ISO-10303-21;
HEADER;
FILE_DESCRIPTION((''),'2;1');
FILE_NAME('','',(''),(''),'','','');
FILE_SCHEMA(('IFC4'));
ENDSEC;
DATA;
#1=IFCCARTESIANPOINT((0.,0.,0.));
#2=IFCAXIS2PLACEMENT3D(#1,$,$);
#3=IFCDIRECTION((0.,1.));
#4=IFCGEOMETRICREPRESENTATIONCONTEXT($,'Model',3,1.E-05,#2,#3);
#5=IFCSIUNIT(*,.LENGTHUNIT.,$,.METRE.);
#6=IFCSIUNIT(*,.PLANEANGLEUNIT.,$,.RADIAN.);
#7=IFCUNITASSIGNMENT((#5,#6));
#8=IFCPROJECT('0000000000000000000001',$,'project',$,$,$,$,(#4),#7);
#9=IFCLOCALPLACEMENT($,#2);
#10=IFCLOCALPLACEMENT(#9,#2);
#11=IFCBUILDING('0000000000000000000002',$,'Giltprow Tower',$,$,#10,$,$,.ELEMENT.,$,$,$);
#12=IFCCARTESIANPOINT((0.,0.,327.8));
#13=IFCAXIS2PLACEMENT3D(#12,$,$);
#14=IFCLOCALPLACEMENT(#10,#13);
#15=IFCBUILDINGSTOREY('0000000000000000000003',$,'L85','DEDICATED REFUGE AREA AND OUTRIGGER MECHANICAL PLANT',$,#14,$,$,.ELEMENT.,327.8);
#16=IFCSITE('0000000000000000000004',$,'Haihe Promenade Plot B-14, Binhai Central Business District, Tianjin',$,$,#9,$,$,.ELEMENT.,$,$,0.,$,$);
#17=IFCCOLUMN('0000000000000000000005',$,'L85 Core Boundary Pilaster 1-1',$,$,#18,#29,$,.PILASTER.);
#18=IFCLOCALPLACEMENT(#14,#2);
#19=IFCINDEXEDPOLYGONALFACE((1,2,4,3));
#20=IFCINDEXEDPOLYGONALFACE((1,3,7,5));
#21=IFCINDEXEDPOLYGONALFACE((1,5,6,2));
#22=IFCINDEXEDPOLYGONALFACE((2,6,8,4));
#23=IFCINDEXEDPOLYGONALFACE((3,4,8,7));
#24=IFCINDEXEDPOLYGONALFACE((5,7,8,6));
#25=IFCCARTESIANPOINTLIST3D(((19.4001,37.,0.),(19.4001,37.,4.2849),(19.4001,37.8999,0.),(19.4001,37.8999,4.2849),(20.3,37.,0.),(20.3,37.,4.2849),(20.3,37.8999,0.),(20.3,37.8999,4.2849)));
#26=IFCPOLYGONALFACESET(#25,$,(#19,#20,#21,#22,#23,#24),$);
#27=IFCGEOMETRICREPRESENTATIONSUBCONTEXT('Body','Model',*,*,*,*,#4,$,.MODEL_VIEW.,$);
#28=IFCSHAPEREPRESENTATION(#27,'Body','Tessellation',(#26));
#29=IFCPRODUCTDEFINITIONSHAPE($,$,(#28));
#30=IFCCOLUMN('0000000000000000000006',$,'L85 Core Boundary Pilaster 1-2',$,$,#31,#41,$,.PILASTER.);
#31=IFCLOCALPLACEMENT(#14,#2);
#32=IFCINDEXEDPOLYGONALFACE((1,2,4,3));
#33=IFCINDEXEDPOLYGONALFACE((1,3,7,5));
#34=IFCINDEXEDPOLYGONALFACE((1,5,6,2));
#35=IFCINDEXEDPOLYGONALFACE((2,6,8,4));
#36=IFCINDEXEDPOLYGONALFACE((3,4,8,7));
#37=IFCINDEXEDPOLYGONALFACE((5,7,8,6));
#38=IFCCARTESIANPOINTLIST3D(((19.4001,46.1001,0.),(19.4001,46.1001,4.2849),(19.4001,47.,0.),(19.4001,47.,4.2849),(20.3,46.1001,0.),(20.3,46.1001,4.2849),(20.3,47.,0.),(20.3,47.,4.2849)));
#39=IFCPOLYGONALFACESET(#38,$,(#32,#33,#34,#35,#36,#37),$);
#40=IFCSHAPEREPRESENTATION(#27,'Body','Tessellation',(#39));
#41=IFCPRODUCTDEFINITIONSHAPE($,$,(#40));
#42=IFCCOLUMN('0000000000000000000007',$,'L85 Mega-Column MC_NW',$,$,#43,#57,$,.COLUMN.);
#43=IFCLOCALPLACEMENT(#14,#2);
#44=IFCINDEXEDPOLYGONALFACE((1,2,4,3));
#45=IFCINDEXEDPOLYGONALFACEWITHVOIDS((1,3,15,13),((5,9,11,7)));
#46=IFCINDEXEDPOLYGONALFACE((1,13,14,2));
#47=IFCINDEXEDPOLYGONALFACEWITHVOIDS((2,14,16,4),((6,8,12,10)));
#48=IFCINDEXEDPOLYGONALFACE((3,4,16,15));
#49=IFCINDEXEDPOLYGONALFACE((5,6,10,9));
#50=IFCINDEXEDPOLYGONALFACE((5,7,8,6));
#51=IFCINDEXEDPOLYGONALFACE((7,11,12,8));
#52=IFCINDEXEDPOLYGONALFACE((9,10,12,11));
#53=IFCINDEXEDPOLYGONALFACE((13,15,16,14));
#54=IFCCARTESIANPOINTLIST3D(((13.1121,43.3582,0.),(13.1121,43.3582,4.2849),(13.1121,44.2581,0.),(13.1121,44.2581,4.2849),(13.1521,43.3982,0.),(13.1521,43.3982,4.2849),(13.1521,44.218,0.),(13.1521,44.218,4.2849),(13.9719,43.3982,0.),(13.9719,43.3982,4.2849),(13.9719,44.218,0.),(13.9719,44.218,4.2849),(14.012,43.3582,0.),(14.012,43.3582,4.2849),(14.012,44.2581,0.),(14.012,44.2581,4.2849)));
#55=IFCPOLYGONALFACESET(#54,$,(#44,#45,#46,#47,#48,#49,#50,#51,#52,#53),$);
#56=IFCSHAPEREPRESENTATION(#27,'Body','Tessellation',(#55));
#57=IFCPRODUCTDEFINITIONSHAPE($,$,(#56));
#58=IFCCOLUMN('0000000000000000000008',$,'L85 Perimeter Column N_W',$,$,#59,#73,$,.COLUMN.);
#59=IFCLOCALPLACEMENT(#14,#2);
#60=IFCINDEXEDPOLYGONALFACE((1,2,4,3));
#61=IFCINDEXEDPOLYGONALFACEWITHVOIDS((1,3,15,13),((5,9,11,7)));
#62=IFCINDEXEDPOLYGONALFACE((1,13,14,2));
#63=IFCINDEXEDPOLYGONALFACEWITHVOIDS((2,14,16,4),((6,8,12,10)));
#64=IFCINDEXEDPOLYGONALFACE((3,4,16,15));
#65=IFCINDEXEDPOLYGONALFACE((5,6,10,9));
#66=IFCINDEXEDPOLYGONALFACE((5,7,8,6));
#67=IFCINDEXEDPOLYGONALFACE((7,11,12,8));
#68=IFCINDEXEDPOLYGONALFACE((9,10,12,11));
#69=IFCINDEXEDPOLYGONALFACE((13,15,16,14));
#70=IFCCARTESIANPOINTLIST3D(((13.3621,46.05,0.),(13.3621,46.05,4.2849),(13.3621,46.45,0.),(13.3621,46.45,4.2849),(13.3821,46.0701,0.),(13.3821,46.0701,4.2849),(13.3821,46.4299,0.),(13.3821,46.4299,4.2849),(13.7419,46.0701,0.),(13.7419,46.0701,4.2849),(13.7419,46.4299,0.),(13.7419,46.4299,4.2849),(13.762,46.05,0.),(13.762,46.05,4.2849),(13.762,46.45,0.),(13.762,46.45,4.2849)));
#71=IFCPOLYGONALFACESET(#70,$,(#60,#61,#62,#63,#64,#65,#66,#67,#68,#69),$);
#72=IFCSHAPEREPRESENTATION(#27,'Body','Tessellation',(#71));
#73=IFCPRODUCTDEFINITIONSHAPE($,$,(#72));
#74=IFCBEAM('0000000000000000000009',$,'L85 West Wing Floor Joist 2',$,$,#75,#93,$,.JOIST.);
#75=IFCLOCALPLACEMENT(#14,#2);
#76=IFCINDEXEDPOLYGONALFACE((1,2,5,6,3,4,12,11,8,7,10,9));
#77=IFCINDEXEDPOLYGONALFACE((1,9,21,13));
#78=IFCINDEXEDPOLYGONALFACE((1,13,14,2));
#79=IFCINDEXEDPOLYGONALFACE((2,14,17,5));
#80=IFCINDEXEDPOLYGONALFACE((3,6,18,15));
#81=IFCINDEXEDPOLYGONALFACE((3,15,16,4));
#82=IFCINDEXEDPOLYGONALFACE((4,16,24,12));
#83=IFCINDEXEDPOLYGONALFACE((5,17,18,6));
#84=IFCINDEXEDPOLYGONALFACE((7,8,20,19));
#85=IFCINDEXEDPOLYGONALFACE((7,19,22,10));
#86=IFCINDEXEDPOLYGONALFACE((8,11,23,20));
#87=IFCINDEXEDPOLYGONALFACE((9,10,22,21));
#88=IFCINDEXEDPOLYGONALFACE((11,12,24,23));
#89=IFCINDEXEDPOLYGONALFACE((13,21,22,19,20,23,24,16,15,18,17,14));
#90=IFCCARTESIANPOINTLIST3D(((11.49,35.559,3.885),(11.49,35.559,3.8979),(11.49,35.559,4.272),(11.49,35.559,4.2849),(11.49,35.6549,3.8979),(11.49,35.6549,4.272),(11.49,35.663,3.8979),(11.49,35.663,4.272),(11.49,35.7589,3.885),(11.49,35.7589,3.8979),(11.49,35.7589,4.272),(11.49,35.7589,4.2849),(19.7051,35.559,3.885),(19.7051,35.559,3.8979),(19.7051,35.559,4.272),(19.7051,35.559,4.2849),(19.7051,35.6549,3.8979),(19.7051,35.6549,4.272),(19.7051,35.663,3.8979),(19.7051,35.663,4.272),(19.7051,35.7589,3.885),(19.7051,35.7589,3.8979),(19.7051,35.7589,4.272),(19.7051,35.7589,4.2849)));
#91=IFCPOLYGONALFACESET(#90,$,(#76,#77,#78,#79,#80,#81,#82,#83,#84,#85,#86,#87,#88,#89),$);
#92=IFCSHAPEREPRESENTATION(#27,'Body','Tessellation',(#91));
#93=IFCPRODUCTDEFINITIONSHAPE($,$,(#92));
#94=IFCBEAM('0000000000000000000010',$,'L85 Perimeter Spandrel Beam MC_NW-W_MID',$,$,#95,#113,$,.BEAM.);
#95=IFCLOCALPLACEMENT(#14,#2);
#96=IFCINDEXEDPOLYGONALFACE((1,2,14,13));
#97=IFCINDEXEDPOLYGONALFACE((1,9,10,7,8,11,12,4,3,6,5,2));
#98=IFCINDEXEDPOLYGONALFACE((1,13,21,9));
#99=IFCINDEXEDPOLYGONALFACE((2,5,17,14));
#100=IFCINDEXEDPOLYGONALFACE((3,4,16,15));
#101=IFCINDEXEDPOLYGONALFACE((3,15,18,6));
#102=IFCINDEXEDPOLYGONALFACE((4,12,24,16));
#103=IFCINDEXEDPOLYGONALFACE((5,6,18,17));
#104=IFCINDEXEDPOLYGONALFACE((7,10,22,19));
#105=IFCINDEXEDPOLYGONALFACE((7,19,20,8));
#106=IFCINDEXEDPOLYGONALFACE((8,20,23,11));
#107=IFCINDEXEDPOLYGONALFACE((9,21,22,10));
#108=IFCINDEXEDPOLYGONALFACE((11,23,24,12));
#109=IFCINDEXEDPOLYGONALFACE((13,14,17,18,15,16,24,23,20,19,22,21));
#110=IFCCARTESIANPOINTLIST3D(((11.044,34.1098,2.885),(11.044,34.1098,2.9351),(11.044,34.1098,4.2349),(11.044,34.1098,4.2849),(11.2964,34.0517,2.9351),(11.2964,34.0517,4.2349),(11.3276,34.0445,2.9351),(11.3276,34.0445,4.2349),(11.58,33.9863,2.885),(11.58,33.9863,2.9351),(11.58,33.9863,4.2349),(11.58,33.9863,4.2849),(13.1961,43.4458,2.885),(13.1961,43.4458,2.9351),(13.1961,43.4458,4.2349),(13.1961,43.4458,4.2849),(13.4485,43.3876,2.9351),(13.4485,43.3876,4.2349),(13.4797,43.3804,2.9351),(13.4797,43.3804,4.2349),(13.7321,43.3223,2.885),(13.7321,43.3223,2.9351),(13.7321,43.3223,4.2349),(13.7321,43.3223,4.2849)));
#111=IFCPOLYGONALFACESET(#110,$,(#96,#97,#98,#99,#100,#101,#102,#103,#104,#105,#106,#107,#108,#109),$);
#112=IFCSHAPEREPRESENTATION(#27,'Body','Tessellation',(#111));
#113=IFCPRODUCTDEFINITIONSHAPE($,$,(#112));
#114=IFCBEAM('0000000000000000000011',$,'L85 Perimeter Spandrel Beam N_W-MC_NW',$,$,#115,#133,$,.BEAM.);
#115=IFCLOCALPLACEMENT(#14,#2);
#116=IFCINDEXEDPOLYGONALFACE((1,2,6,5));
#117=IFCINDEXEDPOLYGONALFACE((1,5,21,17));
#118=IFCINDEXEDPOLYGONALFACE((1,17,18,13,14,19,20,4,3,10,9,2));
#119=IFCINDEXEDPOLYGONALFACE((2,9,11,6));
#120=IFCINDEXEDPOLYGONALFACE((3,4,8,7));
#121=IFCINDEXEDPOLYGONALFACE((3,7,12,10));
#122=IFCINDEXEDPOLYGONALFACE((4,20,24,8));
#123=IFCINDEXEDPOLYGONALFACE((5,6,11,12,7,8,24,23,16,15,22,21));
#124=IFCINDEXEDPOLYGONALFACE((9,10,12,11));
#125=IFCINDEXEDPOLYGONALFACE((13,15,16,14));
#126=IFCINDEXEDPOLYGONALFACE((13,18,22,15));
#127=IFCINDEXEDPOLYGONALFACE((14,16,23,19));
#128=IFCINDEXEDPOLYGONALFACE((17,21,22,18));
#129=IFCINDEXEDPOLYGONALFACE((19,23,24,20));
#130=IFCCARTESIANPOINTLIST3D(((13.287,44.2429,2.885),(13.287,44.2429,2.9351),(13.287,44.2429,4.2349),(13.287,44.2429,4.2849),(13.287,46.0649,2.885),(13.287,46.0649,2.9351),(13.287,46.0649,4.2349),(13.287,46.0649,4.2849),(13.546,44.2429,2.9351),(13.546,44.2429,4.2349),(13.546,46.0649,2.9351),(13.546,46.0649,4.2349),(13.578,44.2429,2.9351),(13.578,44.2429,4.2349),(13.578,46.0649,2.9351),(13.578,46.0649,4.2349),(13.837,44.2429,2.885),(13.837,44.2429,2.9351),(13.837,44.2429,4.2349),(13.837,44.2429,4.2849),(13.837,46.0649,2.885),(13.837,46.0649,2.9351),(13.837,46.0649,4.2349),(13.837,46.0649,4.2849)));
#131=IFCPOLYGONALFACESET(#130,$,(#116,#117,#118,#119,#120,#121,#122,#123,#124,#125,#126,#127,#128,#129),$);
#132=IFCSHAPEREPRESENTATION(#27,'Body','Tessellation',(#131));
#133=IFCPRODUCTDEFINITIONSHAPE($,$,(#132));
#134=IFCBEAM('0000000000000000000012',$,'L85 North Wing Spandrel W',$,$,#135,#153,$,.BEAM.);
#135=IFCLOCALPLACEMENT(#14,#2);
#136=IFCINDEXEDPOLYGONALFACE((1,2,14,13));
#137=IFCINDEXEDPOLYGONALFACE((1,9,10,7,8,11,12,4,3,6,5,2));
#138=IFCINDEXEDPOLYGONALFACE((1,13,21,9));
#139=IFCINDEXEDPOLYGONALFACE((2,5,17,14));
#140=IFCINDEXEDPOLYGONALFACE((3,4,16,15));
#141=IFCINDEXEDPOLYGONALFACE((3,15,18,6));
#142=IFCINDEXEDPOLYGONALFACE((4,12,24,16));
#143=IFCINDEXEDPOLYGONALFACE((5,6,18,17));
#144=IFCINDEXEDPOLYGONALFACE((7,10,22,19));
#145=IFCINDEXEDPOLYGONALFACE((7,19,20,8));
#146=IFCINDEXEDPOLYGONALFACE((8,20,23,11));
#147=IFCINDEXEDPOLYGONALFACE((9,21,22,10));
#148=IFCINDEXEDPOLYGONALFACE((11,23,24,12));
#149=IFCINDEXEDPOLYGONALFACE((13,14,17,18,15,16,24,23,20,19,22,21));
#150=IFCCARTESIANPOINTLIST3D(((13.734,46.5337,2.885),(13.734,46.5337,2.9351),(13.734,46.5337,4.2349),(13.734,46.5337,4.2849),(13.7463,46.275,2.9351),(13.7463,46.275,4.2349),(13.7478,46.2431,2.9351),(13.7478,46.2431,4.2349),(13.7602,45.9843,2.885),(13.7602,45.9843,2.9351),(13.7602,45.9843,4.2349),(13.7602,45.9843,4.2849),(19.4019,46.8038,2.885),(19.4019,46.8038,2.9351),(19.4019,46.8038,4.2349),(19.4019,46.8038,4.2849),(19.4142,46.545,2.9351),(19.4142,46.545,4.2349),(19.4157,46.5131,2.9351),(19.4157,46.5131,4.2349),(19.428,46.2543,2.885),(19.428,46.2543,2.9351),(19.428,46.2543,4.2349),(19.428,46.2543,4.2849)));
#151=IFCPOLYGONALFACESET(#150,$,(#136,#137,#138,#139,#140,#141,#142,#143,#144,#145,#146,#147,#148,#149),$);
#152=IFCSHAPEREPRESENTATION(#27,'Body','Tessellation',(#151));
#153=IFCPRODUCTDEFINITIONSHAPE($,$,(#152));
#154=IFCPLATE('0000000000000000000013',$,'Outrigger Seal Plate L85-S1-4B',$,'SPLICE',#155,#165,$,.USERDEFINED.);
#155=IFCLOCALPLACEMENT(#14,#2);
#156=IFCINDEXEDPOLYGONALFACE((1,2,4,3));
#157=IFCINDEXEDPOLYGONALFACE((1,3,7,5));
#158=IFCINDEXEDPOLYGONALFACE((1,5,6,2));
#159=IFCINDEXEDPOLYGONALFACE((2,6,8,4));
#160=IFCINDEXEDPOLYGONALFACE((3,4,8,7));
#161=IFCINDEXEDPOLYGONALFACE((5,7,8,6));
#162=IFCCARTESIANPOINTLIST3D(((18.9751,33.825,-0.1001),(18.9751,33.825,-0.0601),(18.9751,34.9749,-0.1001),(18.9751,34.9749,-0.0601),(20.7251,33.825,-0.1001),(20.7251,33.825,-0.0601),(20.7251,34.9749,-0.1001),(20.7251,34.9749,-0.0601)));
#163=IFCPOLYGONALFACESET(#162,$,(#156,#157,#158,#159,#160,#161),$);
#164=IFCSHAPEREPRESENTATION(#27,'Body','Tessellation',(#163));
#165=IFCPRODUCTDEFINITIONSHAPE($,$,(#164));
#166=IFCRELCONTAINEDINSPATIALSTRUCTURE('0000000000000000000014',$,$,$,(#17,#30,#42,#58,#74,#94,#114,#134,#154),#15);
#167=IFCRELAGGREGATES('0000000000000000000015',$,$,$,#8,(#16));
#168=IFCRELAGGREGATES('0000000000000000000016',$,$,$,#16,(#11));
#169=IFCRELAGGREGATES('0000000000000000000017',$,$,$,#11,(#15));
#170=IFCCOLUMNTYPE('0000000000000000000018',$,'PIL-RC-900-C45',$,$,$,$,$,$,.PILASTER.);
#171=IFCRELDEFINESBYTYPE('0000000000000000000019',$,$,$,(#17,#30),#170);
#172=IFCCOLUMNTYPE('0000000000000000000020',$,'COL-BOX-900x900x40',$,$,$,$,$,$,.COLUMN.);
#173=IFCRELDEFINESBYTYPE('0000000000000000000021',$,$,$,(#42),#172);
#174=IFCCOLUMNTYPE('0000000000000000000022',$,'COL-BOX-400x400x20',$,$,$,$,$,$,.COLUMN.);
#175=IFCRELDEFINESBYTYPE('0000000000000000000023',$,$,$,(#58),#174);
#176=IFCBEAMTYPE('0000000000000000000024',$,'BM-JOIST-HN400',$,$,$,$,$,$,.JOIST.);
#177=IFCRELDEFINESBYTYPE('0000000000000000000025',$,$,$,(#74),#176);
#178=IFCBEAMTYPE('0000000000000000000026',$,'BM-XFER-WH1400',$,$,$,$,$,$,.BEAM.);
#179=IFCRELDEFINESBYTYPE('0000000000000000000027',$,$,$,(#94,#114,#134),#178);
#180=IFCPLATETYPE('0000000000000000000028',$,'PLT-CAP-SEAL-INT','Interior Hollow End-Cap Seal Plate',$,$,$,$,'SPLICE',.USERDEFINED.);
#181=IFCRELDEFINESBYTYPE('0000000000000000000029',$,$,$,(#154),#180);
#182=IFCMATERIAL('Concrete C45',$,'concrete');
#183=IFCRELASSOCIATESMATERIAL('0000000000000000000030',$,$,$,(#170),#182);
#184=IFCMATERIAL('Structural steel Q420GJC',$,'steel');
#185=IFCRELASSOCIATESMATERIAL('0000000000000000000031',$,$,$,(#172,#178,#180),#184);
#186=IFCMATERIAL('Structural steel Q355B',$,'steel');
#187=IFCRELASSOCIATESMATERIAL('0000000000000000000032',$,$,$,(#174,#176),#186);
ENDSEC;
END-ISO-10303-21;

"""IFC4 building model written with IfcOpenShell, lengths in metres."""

from ifc_helpers import new_model, si_unit, direction, frame, origin, origin_2d, place, context, subcontext, project, spatial, rectangle, hollow_rectangle, i_section, extrude, source, transform, mapped, material, material_profile, profile_set, type_object, element, save


model = new_model("IFC4")

# Units and contexts
model_context = context("Model", 3, precision=1e-05, world=origin(), true_north=direction((0.0, 1.0)))
body_context = subcontext(model_context, "Body", "Model", "MODEL_VIEW")
ifc_project = project(units=[si_unit("LENGTHUNIT", "METRE"), si_unit("PLANEANGLEUNIT", "RADIAN")], contexts=[model_context])

# Site, building, storey
site_placement = place(None, origin())
site = spatial("IfcSite", under=ifc_project, at=site_placement, Name="Haihe Promenade Plot B-14, Binhai Central Business District, Tianjin", CompositionType="ELEMENT", RefElevation=0.0)
building_placement = place(site_placement, origin())
building = spatial("IfcBuilding", under=site, at=building_placement, Name="Giltprow Tower", CompositionType="ELEMENT")
storey_placement = place(building_placement, frame((0.0, 0.0, 327.8)))
storey = spatial("IfcBuildingStorey", under=building, at=storey_placement, Name="L85", Description="DEDICATED REFUGE AREA AND OUTRIGGER MECHANICAL PLANT", CompositionType="ELEMENT", Elevation=327.8)

# Columns
ifc_material_1 = material(Name="Concrete C45", Category="concrete")
ifc_material_profile_1 = material_profile(ifc_material_1, rectangle(XDim=0.8999, YDim=0.8999, at=origin_2d()), Name="RC 900x900")
ifc_profile_set_1 = profile_set([ifc_material_profile_1], Name="Concrete C45")
column_type_1 = type_object("IfcColumnType", Name="PIL-RC-900-C45", PredefinedType="PILASTER", material=ifc_profile_set_1)
shared_shape_1 = source(origin(), body_context, "Body", "SweptSolid", [
    extrude(rectangle(XDim=0.8999, YDim=0.8999, at=origin_2d()), origin(), (0.0, 0.0, 1.0), 4.2849),
])
for number, where, z_axis, x_axis, name in (
    (1, (19.8501, 37.45, 0.0), (0.0, 0.0, 1.0), (1.0, 0.0, 0.0), "L85 Core Boundary Pilaster 1-1"),
    (2, (19.8501, 46.55, 0.0), (0.0, 0.0, 1.0), (1.0, 0.0, 0.0), "L85 Core Boundary Pilaster 1-2"),
):
    element("IfcColumn", number, at=place(storey_placement, frame(where, z_axis=z_axis, x_axis=x_axis)), inside=storey, type_object=column_type_1, Name=name, PredefinedType="PILASTER", context=body_context, shape_type="MappedRepresentation", body=[
        mapped(shared_shape_1, transform((0.0, 0.0, 0.0), x_axis=(1.0, 0.0, 0.0), y_axis=(0.0, 1.0, 0.0), z_axis=(0.0, 0.0, 1.0), scale=1.0)),
    ])
ifc_material_2 = material(Name="Structural steel Q420GJC", Category="steel")
ifc_material_profile_2 = material_profile(ifc_material_2, hollow_rectangle(XDim=0.8999, YDim=0.8999, WallThickness=0.04, at=origin_2d()), Name="BOX 900x900x40")
ifc_profile_set_2 = profile_set([ifc_material_profile_2], Name="Structural steel Q420GJC")
column_type_2 = type_object("IfcColumnType", Name="COL-BOX-900x900x40", PredefinedType="COLUMN", material=ifc_profile_set_2)
shared_shape_2 = source(origin(), body_context, "Body", "SweptSolid", [
    extrude(hollow_rectangle(XDim=0.8999, YDim=0.8999, WallThickness=0.04, at=origin_2d()), origin(), (0.0, 0.0, 1.0), 4.2849),
])
column_1_placement = place(storey_placement, frame((13.562, 43.8081, 0.0), z_axis=(0.0, 0.0, 1.0), x_axis=(1.0, 0.0, 0.0)))
element("IfcColumn", 3, at=column_1_placement, inside=storey, type_object=column_type_2, Name="L85 Mega-Column MC_NW", PredefinedType="COLUMN", context=body_context, shape_type="MappedRepresentation", body=[
    mapped(shared_shape_2, transform((0.0, 0.0, 0.0), x_axis=(1.0, 0.0, 0.0), y_axis=(0.0, 1.0, 0.0), z_axis=(0.0, 0.0, 1.0), scale=1.0)),
])
ifc_material_3 = material(Name="Structural steel Q355B", Category="steel")
ifc_material_profile_3 = material_profile(ifc_material_3, hollow_rectangle(XDim=0.3999, YDim=0.3999, WallThickness=0.02, at=origin_2d()), Name="BOX 400x400x20")
ifc_profile_set_3 = profile_set([ifc_material_profile_3], Name="Structural steel Q355B")
column_type_3 = type_object("IfcColumnType", Name="COL-BOX-400x400x20", PredefinedType="COLUMN", material=ifc_profile_set_3)
shared_shape_3 = source(origin(), body_context, "Body", "SweptSolid", [
    extrude(hollow_rectangle(XDim=0.3999, YDim=0.3999, WallThickness=0.02, at=origin_2d()), origin(), (0.0, 0.0, 1.0), 4.2849),
])
column_2_placement = place(storey_placement, frame((13.562, 46.25, 0.0), z_axis=(0.0, 0.0, 1.0), x_axis=(1.0, 0.0, 0.0)))
element("IfcColumn", 4, at=column_2_placement, inside=storey, type_object=column_type_3, Name="L85 Perimeter Column N_W", PredefinedType="COLUMN", context=body_context, shape_type="MappedRepresentation", body=[
    mapped(shared_shape_3, transform((0.0, 0.0, 0.0), x_axis=(1.0, 0.0, 0.0), y_axis=(0.0, 1.0, 0.0), z_axis=(0.0, 0.0, 1.0), scale=1.0)),
])

# Beams
ifc_material_profile_4 = material_profile(ifc_material_3, i_section(OverallWidth=0.2, OverallDepth=0.3999, WebThickness=0.0081, FlangeThickness=0.0129, at=origin_2d()), Name="HN 400x200x8x13")
ifc_profile_set_4 = profile_set([ifc_material_profile_4], Name="Structural steel Q355B")
beam_type_1 = type_object("IfcBeamType", Name="BM-JOIST-HN400", PredefinedType="JOIST", material=ifc_profile_set_4)
shared_shape_4 = source(origin(), body_context, "Body", "SweptSolid", [
    extrude(i_section(OverallWidth=0.2, OverallDepth=0.3999, WebThickness=0.0081, FlangeThickness=0.0129, at=origin_2d()), origin(), (0.0, 0.0, 1.0), 8.2151),
])
beam_1_placement = place(storey_placement, frame((11.49, 35.6589, 4.085), z_axis=(1.0, 0.0, 0.0), x_axis=(0.0, 1.0, 0.0)))
element("IfcBeam", 5, at=beam_1_placement, inside=storey, type_object=beam_type_1, Name="L85 West Wing Floor Joist 2", PredefinedType="JOIST", context=body_context, shape_type="MappedRepresentation", body=[
    mapped(shared_shape_4, transform((0.0, 0.0, 0.0), x_axis=(1.0, 0.0, 0.0), y_axis=(0.0, 1.0, 0.0), z_axis=(0.0, 0.0, 1.0), scale=1.0)),
])
ifc_material_profile_5 = material_profile(ifc_material_2, i_section(OverallWidth=0.55, OverallDepth=1.3999, WebThickness=0.032, FlangeThickness=0.05, at=origin_2d()), Name="WH 1400x550x32x50")
ifc_profile_set_5 = profile_set([ifc_material_profile_5], Name="Structural steel Q420GJC")
beam_type_2 = type_object("IfcBeamType", Name="BM-XFER-WH1400", PredefinedType="BEAM", material=ifc_profile_set_5)
shared_shape_5 = source(origin(), body_context, "Body", "SweptSolid", [
    extrude(i_section(OverallWidth=0.55, OverallDepth=1.3999, WebThickness=0.032, FlangeThickness=0.05, at=origin_2d()), origin(), (0.0, 0.0, 1.0), 9.5808),
])
beam_2_placement = place(storey_placement, frame((13.4641, 43.384, 3.585), z_axis=(-0.224627, -0.974445, 0.0), x_axis=(0.974445, -0.224627, 0.0)))
element("IfcBeam", 6, at=beam_2_placement, inside=storey, type_object=beam_type_2, Name="L85 Perimeter Spandrel Beam MC_NW-W_MID", PredefinedType="BEAM", context=body_context, shape_type="MappedRepresentation", body=[
    mapped(shared_shape_5, transform((0.0, 0.0, 0.0), x_axis=(1.0, 0.0, 0.0), y_axis=(0.0, 1.0, 0.0), z_axis=(0.0, 0.0, 1.0), scale=1.0)),
])
shared_shape_6 = source(origin(), body_context, "Body", "SweptSolid", [
    extrude(i_section(OverallWidth=0.55, OverallDepth=1.3999, WebThickness=0.032, FlangeThickness=0.05, at=origin_2d()), origin(), (0.0, 0.0, 1.0), 1.822),
])
beam_3_placement = place(storey_placement, frame((13.562, 46.0649, 3.585), z_axis=(0.0, -1.0, 0.0), x_axis=(1.0, 0.0, 0.0)))
element("IfcBeam", 7, at=beam_3_placement, inside=storey, type_object=beam_type_2, Name="L85 Perimeter Spandrel Beam N_W-MC_NW", PredefinedType="BEAM", context=body_context, shape_type="MappedRepresentation", body=[
    mapped(shared_shape_6, transform((0.0, 0.0, 0.0), x_axis=(1.0, 0.0, 0.0), y_axis=(0.0, 1.0, 0.0), z_axis=(0.0, 0.0, 1.0), scale=1.0)),
])
shared_shape_7 = source(origin(), body_context, "Body", "SweptSolid", [
    extrude(i_section(OverallWidth=0.55, OverallDepth=1.3999, WebThickness=0.032, FlangeThickness=0.05, at=origin_2d()), origin(), (0.0, 0.0, 1.0), 5.6743),
])
beam_4_placement = place(storey_placement, frame((13.7471, 46.259, 3.585), z_axis=(0.998867, 0.047586, 0.0), x_axis=(-0.047586, 0.998867, 0.0)))
element("IfcBeam", 8, at=beam_4_placement, inside=storey, type_object=beam_type_2, Name="L85 North Wing Spandrel W", PredefinedType="BEAM", context=body_context, shape_type="MappedRepresentation", body=[
    mapped(shared_shape_7, transform((0.0, 0.0, 0.0), x_axis=(1.0, 0.0, 0.0), y_axis=(0.0, 1.0, 0.0), z_axis=(0.0, 0.0, 1.0), scale=1.0)),
])

# Plate
plate_type_1 = type_object("IfcPlateType", Name="PLT-CAP-SEAL-INT", Description="Interior Hollow End-Cap Seal Plate", ElementType="SPLICE", PredefinedType="USERDEFINED", material=ifc_material_2)
shared_shape_8 = source(origin(), body_context, "Body", "SweptSolid", [
    extrude(rectangle(XDim=1.75, YDim=1.1499, at=origin_2d()), origin(), (0.0, 0.0, 1.0), 0.04),
])
plate_1_placement = place(storey_placement, frame((19.8501, 34.3999, -0.1001), z_axis=(0.0, 0.0, 1.0), x_axis=(1.0, 0.0, 0.0)))
element("IfcPlate", 9, at=plate_1_placement, inside=storey, type_object=plate_type_1, Name="Outrigger Seal Plate L85-S1-4B", ObjectType="SPLICE", PredefinedType="USERDEFINED", context=body_context, shape_type="MappedRepresentation", body=[
    mapped(shared_shape_8, transform((0.0, 0.0, 0.0), x_axis=(1.0, 0.0, 0.0), y_axis=(0.0, 1.0, 0.0), z_axis=(0.0, 0.0, 1.0), scale=1.0)),
])

save(model, "model.ifc")
